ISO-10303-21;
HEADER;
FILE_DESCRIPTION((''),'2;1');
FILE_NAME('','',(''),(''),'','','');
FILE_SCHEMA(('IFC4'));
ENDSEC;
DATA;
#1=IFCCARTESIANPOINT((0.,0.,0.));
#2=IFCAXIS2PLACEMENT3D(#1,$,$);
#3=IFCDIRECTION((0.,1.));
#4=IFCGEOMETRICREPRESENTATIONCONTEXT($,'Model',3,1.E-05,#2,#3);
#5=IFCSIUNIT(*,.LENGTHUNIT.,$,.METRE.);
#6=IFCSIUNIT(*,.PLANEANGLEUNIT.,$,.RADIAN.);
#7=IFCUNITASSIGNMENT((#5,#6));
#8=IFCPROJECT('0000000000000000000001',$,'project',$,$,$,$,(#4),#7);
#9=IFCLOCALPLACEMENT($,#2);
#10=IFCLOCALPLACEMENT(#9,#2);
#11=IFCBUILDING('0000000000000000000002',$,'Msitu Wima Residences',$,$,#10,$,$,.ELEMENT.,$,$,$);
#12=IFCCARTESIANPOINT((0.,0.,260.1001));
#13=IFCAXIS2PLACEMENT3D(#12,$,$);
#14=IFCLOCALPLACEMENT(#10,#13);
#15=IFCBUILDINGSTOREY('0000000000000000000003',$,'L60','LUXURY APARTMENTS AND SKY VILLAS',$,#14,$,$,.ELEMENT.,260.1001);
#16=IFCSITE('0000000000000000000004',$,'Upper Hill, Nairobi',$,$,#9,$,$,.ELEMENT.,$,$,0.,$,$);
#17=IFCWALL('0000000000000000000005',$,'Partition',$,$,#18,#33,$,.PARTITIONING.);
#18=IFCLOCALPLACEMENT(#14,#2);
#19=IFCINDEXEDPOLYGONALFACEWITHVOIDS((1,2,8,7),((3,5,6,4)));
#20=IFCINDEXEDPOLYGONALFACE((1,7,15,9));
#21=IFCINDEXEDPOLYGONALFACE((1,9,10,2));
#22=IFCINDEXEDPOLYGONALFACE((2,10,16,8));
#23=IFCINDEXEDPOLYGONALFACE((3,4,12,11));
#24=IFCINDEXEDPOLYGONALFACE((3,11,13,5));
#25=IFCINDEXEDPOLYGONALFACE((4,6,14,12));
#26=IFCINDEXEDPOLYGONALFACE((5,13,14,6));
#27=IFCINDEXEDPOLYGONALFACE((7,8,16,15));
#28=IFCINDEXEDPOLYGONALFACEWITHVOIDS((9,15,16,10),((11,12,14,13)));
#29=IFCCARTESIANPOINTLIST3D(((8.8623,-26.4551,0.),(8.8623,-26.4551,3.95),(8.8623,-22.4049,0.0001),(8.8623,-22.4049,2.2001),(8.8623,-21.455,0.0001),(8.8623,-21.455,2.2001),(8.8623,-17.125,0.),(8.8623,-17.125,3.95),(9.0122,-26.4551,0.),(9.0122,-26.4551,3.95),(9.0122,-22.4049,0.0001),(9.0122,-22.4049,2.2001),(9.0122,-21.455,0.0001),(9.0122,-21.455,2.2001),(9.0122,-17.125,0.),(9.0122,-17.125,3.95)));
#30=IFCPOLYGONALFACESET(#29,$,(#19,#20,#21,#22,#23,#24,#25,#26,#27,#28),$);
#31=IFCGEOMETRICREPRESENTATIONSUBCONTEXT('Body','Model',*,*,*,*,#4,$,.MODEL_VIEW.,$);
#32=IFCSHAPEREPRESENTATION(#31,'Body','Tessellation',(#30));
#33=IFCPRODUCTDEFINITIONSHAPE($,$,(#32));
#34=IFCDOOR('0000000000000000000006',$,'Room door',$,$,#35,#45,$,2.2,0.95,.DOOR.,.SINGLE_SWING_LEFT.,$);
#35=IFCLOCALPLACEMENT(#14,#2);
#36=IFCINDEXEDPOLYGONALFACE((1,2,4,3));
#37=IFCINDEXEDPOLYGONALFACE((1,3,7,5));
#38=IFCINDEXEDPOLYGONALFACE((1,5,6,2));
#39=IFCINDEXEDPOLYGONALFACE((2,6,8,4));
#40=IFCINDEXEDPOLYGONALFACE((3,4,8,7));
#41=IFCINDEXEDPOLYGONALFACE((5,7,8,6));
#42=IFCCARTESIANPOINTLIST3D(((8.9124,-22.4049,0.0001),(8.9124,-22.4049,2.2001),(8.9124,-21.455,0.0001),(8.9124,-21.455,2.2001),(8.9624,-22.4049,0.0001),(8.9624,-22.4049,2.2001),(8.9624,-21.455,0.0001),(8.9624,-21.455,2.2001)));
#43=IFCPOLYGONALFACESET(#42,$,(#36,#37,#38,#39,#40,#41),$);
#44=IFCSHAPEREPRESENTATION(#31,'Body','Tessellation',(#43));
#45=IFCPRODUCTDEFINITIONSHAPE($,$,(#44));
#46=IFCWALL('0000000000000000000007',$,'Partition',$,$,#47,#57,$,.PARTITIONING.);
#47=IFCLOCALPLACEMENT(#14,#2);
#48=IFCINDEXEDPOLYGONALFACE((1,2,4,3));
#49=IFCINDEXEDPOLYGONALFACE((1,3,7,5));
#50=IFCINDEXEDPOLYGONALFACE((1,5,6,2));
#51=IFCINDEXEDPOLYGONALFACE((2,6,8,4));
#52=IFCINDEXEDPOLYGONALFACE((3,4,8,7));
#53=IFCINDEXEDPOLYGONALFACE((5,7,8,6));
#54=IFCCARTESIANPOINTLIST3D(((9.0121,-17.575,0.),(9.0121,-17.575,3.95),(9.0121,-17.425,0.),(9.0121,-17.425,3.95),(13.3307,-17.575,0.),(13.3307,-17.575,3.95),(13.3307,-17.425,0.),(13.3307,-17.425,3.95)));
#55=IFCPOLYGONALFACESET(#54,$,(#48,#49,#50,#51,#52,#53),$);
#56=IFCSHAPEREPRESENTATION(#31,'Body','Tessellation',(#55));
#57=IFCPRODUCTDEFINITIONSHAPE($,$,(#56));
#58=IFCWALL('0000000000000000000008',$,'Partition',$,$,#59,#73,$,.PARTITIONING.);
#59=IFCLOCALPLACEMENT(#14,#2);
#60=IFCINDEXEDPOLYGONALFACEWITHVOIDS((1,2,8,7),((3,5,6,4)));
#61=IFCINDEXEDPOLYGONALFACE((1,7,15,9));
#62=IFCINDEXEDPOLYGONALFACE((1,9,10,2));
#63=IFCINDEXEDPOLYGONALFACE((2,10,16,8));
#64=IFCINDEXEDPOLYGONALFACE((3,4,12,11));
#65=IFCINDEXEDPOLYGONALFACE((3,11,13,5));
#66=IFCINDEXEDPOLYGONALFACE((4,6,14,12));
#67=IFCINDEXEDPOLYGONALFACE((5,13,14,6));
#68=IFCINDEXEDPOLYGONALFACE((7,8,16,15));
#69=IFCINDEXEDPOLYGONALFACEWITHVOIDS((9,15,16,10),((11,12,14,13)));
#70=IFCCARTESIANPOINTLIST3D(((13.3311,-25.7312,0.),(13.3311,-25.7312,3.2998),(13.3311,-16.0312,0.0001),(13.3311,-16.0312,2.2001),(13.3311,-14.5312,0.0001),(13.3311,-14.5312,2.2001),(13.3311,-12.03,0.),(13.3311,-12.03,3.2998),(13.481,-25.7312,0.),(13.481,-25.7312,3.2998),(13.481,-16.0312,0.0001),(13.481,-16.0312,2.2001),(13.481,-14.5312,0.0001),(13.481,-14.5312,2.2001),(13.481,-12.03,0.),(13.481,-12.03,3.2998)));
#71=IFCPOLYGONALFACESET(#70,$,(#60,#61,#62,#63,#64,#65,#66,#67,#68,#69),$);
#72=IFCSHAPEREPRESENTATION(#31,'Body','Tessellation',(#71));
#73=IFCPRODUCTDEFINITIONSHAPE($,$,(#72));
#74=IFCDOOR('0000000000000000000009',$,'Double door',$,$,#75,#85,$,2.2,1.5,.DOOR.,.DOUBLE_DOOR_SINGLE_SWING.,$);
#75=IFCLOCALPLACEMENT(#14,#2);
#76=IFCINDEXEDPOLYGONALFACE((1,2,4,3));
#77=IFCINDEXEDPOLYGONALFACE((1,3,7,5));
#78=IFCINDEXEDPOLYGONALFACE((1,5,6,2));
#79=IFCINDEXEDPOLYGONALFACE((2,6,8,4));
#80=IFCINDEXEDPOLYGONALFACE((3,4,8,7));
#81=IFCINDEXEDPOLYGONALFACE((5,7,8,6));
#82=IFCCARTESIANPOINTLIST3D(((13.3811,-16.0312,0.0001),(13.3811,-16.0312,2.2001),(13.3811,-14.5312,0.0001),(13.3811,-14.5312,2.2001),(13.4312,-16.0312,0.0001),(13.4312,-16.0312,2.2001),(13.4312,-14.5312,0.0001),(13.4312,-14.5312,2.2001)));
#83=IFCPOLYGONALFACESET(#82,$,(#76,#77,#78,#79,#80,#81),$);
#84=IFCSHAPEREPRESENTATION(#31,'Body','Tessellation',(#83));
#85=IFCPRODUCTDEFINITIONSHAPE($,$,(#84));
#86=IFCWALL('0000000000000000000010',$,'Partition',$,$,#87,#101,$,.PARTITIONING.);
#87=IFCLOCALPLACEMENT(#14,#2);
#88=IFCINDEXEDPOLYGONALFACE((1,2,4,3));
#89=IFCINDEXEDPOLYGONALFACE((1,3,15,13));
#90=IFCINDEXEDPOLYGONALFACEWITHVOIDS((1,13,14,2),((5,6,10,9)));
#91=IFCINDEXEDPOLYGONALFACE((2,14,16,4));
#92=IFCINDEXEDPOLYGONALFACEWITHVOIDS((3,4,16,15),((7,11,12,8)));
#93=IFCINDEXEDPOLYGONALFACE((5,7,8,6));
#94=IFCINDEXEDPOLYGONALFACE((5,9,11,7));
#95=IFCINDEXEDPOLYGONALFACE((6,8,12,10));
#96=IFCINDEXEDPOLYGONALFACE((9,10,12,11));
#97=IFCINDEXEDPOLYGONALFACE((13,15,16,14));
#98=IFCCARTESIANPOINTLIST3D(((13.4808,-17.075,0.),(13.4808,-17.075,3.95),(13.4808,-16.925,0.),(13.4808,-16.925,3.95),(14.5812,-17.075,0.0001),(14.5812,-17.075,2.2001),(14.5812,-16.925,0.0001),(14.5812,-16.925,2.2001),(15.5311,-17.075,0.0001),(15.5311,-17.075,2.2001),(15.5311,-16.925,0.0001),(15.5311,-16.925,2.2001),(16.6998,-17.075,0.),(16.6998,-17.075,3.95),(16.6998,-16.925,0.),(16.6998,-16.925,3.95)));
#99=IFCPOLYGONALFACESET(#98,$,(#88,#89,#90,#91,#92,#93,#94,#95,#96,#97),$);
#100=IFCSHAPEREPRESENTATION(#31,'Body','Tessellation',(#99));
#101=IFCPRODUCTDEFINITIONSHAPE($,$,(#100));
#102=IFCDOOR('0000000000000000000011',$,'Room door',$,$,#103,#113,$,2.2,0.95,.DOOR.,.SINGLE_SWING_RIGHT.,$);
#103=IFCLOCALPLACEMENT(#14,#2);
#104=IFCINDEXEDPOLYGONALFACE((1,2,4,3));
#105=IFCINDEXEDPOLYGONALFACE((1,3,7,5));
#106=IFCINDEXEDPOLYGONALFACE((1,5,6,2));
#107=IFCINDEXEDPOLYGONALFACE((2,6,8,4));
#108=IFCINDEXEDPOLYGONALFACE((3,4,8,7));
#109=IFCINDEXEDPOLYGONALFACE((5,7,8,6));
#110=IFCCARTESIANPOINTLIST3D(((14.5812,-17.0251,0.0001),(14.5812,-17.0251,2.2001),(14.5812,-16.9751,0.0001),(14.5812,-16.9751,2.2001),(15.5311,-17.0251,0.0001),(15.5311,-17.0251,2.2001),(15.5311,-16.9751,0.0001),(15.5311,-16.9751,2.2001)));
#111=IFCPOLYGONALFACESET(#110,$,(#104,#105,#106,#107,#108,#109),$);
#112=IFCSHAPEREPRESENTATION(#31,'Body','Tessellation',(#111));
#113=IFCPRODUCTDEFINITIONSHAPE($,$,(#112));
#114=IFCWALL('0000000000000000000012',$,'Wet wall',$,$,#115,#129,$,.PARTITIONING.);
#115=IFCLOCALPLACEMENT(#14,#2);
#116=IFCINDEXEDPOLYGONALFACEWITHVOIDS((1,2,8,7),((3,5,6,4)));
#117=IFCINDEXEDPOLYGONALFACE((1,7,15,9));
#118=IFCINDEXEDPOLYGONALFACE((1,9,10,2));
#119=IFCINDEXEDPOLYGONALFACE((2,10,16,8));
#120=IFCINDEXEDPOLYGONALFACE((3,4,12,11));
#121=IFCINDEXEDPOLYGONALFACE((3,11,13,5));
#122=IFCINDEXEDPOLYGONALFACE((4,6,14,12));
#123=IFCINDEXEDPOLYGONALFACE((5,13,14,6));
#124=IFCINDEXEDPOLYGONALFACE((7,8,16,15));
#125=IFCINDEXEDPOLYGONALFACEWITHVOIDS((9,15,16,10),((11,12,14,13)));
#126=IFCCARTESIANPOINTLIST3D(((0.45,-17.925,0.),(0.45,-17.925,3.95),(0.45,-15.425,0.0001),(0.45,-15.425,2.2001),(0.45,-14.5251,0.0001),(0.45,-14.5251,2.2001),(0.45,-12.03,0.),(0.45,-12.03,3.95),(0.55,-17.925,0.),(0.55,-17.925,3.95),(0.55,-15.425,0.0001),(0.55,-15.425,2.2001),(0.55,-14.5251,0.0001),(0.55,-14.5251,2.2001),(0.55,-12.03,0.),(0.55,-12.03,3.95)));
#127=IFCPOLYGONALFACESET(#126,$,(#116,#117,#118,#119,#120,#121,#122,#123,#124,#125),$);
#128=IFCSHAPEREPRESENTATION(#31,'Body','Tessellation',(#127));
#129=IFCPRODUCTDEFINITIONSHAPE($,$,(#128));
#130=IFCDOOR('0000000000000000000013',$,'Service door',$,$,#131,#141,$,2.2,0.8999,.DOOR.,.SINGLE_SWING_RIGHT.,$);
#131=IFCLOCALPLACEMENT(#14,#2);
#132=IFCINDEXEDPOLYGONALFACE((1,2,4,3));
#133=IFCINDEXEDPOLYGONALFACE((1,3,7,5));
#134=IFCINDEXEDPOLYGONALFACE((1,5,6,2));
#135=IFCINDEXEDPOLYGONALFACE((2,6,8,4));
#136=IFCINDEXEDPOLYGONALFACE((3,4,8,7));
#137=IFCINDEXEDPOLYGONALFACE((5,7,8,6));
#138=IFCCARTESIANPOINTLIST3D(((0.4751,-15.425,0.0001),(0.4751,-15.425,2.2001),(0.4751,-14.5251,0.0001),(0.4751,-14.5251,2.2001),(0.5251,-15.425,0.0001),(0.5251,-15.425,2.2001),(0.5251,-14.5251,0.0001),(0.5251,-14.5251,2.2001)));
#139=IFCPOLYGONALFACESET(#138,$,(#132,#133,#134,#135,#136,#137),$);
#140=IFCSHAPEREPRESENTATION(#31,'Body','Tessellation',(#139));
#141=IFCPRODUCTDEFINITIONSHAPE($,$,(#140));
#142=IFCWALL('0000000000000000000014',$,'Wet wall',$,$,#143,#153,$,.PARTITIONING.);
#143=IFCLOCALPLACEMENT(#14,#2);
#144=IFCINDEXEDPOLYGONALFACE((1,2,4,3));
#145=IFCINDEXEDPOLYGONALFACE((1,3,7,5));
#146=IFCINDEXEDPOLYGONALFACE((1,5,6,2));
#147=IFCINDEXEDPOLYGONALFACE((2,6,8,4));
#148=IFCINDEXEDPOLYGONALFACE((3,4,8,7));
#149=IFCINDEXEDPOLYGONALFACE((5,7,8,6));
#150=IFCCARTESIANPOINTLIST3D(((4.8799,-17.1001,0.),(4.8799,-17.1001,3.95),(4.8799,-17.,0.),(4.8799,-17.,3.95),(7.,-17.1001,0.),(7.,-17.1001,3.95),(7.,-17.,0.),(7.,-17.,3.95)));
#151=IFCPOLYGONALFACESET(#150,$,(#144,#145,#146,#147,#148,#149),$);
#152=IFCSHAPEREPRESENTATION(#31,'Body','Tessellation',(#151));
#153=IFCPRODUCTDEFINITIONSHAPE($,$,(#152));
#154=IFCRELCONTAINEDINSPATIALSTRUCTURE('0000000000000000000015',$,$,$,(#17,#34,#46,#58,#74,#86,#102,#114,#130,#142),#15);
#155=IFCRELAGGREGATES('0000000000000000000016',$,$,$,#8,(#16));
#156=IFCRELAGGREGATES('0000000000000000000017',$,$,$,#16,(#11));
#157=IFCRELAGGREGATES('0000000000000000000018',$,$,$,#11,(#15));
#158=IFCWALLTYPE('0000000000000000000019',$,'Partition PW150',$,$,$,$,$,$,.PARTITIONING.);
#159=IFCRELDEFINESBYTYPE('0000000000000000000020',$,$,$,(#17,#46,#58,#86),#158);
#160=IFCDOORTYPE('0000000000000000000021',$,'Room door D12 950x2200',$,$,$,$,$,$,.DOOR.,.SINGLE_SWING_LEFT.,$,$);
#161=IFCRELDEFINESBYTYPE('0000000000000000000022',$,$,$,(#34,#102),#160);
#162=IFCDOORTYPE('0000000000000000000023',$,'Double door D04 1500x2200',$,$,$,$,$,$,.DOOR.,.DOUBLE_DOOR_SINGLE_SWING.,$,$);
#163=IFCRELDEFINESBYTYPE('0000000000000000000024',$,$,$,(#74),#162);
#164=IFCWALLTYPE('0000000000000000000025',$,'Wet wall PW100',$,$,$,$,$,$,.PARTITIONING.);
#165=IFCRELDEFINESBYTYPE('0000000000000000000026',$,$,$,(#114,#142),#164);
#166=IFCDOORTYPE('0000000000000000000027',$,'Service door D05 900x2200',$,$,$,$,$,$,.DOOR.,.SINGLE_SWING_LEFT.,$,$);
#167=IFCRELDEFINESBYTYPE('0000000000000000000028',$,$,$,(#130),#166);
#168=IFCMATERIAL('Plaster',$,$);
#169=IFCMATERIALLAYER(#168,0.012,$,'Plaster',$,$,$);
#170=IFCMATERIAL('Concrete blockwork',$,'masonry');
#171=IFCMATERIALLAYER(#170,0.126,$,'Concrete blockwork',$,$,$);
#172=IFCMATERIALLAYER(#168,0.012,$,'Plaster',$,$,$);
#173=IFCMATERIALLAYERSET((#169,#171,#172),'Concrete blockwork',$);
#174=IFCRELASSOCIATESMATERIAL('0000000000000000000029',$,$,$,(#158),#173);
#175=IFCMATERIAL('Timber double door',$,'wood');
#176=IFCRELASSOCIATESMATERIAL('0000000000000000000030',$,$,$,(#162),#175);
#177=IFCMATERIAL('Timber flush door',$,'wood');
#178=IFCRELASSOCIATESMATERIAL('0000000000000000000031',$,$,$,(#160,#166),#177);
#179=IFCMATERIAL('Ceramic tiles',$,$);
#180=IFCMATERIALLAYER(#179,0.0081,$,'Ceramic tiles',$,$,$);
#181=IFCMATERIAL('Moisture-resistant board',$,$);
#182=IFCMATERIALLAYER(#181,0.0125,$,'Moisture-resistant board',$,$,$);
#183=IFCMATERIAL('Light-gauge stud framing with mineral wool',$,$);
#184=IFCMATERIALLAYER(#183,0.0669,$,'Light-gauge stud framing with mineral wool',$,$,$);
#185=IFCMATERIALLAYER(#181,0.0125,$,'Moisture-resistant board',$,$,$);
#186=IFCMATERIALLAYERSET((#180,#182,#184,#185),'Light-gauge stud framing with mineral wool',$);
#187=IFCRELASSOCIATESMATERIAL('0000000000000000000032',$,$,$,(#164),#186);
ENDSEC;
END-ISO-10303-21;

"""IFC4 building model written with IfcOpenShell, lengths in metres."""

from ifc_helpers import new_model, si_unit, direction, frame, frame_2d, origin, place, context, subcontext, project, spatial, rectangle, extrude, material, layer, layer_set, type_object, element, fill, save


model = new_model("IFC4")

# Units and contexts
model_context = context("Model", 3, precision=1e-05, world=origin(), true_north=direction((0.0, 1.0)))
body_context = subcontext(model_context, "Body", "Model", "MODEL_VIEW")
ifc_project = project(units=[si_unit("LENGTHUNIT", "METRE"), si_unit("PLANEANGLEUNIT", "RADIAN")], contexts=[model_context])

# Site, building, storey
site_placement = place(None, origin())
site = spatial("IfcSite", under=ifc_project, at=site_placement, Name="Upper Hill, Nairobi", CompositionType="ELEMENT", RefElevation=0.0)
building_placement = place(site_placement, origin())
building = spatial("IfcBuilding", under=site, at=building_placement, Name="Msitu Wima Residences", CompositionType="ELEMENT")
storey_placement = place(building_placement, frame((0.0, 0.0, 260.1001)))
storey = spatial("IfcBuildingStorey", under=building, at=storey_placement, Name="L60", Description="LUXURY APARTMENTS AND SKY VILLAS", CompositionType="ELEMENT", Elevation=260.1001)

# Shared definitions
ifc_material_1 = material(Name="Plaster")
ifc_layer_1 = layer(ifc_material_1, 0.012, Name="Plaster")
ifc_material_2 = material(Name="Concrete blockwork", Category="masonry")
ifc_layer_2 = layer(ifc_material_2, 0.126, Name="Concrete blockwork")
ifc_layer_3 = layer(ifc_material_1, 0.012, Name="Plaster")
ifc_layer_set_1 = layer_set([ifc_layer_1, ifc_layer_2, ifc_layer_3], Name="Concrete blockwork")
wall_type_1 = type_object("IfcWallType", Name="Partition PW150", PredefinedType="PARTITIONING", material=ifc_layer_set_1)

# Shared definitions
ifc_material_3 = material(Name="Timber double door", Category="wood")
door_type_1 = type_object("IfcDoorType", Name="Double door D04 1500x2200", OperationType="DOUBLE_DOOR_SINGLE_SWING", PredefinedType="DOOR", material=ifc_material_3)

# Wall, opening, door
ifc_material_4 = material(Name="Timber flush door", Category="wood")
door_type_2 = type_object("IfcDoorType", Name="Room door D12 950x2200", OperationType="SINGLE_SWING_LEFT", PredefinedType="DOOR", material=ifc_material_4)
wall_1_placement = place(storey_placement, frame((8.9373, -26.4551, 0.0), z_axis=(0.0, 0.0, 1.0), x_axis=(0.0, 1.0, 0.0)))
wall_1 = element("IfcWall", 1, at=wall_1_placement, inside=storey, type_object=wall_type_1, Name="Partition", PredefinedType="PARTITIONING", context=body_context, shape_type="SweptSolid", body=[
    extrude(rectangle(XDim=9.3301, YDim=0.1499, at=frame_2d((4.665, 0.0))), origin(), (0.0, 0.0, 1.0), 3.95),
])
opening_1_placement = place(wall_1_placement, frame((4.05, 0.0, 0.0)))
opening_1 = element("IfcOpeningElement", 2, at=opening_1_placement, cuts=wall_1, PredefinedType="OPENING", context=body_context, shape_type="SweptSolid", body=[
    extrude(rectangle(XDim=0.95, YDim=2.2, at=frame_2d((0.4751, 1.1001))), frame((0.0, 0.085, 0.0), z_axis=(0.0, -1.0, 0.0), x_axis=(1.0, 0.0, 0.0)), (0.0, 0.0, 1.0), 0.1699),
])
door_1_placement = place(opening_1_placement, origin())
door_1 = element("IfcDoor", 3, at=door_1_placement, inside=storey, type_object=door_type_2, Name="Room door", OperationType="SINGLE_SWING_LEFT", OverallHeight=2.2, OverallWidth=0.95, PredefinedType="DOOR", context=body_context, shape_type="SweptSolid", body=[
    extrude(rectangle(XDim=0.95, YDim=2.2, at=frame_2d((0.4751, 1.1001))), frame((0.0, 0.0249, 0.0), z_axis=(0.0, -1.0, 0.0), x_axis=(1.0, 0.0, 0.0)), (0.0, 0.0, 1.0), 0.05),
])
fill(opening_1, door_1)

# Wall
wall_2_placement = place(storey_placement, frame((9.0122, -17.5, 0.0), z_axis=(0.0, 0.0, 1.0), x_axis=(1.0, 0.0, 0.0)))
element("IfcWall", 4, at=wall_2_placement, inside=storey, type_object=wall_type_1, Name="Partition", PredefinedType="PARTITIONING", context=body_context, shape_type="SweptSolid", body=[
    extrude(rectangle(XDim=4.3186, YDim=0.1499, at=frame_2d((2.1592, 0.0))), origin(), (0.0, 0.0, 1.0), 3.95),
])

# Walls, openings, doors
wall_3_placement = place(storey_placement, frame((13.406, -25.7312, 0.0), z_axis=(0.0, 0.0, 1.0), x_axis=(0.0, 1.0, 0.0)))
wall_3 = element("IfcWall", 5, at=wall_3_placement, inside=storey, type_object=wall_type_1, Name="Partition", PredefinedType="PARTITIONING", context=body_context, shape_type="SweptSolid", body=[
    extrude(rectangle(XDim=13.7012, YDim=0.1499, at=frame_2d((6.8506, 0.0))), origin(), (0.0, 0.0, 1.0), 3.2998),
])
opening_2_placement = place(wall_3_placement, frame((9.7, 0.0, 0.0)))
opening_2 = element("IfcOpeningElement", 6, at=opening_2_placement, cuts=wall_3, PredefinedType="OPENING", context=body_context, shape_type="SweptSolid", body=[
    extrude(rectangle(XDim=1.5, YDim=2.2, at=frame_2d((0.75, 1.1001))), frame((0.0, 0.085, 0.0), z_axis=(0.0, -1.0, 0.0), x_axis=(1.0, 0.0, 0.0)), (0.0, 0.0, 1.0), 0.1699),
])
door_2_placement = place(opening_2_placement, origin())
door_2 = element("IfcDoor", 7, at=door_2_placement, inside=storey, type_object=door_type_1, Name="Double door", OperationType="DOUBLE_DOOR_SINGLE_SWING", OverallHeight=2.2, OverallWidth=1.5, PredefinedType="DOOR", context=body_context, shape_type="SweptSolid", body=[
    extrude(rectangle(XDim=1.5, YDim=2.2, at=frame_2d((0.75, 1.1001))), frame((0.0, 0.0249, 0.0), z_axis=(0.0, -1.0, 0.0), x_axis=(1.0, 0.0, 0.0)), (0.0, 0.0, 1.0), 0.05),
])
fill(opening_2, door_2)
wall_4_placement = place(storey_placement, frame((13.481, -17.0, 0.0), z_axis=(0.0, 0.0, 1.0), x_axis=(1.0, 0.0, 0.0)))
wall_4 = element("IfcWall", 8, at=wall_4_placement, inside=storey, type_object=wall_type_1, Name="Partition", PredefinedType="PARTITIONING", context=body_context, shape_type="SweptSolid", body=[
    extrude(rectangle(XDim=3.219, YDim=0.1499, at=frame_2d((1.6094, 0.0))), origin(), (0.0, 0.0, 1.0), 3.95),
])
opening_3_placement = place(wall_4_placement, frame((1.1001, 0.0, 0.0)))
opening_3 = element("IfcOpeningElement", 9, at=opening_3_placement, cuts=wall_4, PredefinedType="OPENING", context=body_context, shape_type="SweptSolid", body=[
    extrude(rectangle(XDim=0.95, YDim=2.2, at=frame_2d((0.4751, 1.1001))), frame((0.0, 0.085, 0.0), z_axis=(0.0, -1.0, 0.0), x_axis=(1.0, 0.0, 0.0)), (0.0, 0.0, 1.0), 0.1699),
])
door_3_placement = place(opening_3_placement, origin())
door_3 = element("IfcDoor", 10, at=door_3_placement, inside=storey, type_object=door_type_2, Name="Room door", OperationType="SINGLE_SWING_RIGHT", OverallHeight=2.2, OverallWidth=0.95, PredefinedType="DOOR", context=body_context, shape_type="SweptSolid", body=[
    extrude(rectangle(XDim=0.95, YDim=2.2, at=frame_2d((0.4751, 1.1001))), frame((0.0, 0.0249, 0.0), z_axis=(0.0, -1.0, 0.0), x_axis=(1.0, 0.0, 0.0)), (0.0, 0.0, 1.0), 0.05),
])
fill(opening_3, door_3)
ifc_material_5 = material(Name="Ceramic tiles")
ifc_layer_4 = layer(ifc_material_5, 0.0081, Name="Ceramic tiles")
ifc_material_6 = material(Name="Moisture-resistant board")
ifc_layer_5 = layer(ifc_material_6, 0.0125, Name="Moisture-resistant board")
ifc_material_7 = material(Name="Light-gauge stud framing with mineral wool")
ifc_layer_6 = layer(ifc_material_7, 0.0669, Name="Light-gauge stud framing with mineral wool")
ifc_layer_7 = layer(ifc_material_6, 0.0125, Name="Moisture-resistant board")
ifc_layer_set_2 = layer_set([ifc_layer_4, ifc_layer_5, ifc_layer_6, ifc_layer_7], Name="Light-gauge stud framing with mineral wool")
wall_type_2 = type_object("IfcWallType", Name="Wet wall PW100", PredefinedType="PARTITIONING", material=ifc_layer_set_2)
wall_5_placement = place(storey_placement, frame((0.5, -17.925, 0.0), z_axis=(0.0, 0.0, 1.0), x_axis=(0.0, 1.0, 0.0)))
wall_5 = element("IfcWall", 11, at=wall_5_placement, inside=storey, type_object=wall_type_2, Name="Wet wall", PredefinedType="PARTITIONING", context=body_context, shape_type="SweptSolid", body=[
    extrude(rectangle(XDim=5.895, YDim=0.1001, at=frame_2d((2.9475, 0.0))), origin(), (0.0, 0.0, 1.0), 3.95),
])
opening_4_placement = place(wall_5_placement, frame((2.5, 0.0, 0.0)))
opening_4 = element("IfcOpeningElement", 12, at=opening_4_placement, cuts=wall_5, PredefinedType="OPENING", context=body_context, shape_type="SweptSolid", body=[
    extrude(rectangle(XDim=0.8999, YDim=2.2, at=frame_2d((0.45, 1.1001))), frame((0.0, 0.0601, 0.0), z_axis=(0.0, -1.0, 0.0), x_axis=(1.0, 0.0, 0.0)), (0.0, 0.0, 1.0), 0.1201),
])
door_type_3 = type_object("IfcDoorType", Name="Service door D05 900x2200", OperationType="SINGLE_SWING_LEFT", PredefinedType="DOOR", material=ifc_material_4)
door_4_placement = place(opening_4_placement, origin())
door_4 = element("IfcDoor", 13, at=door_4_placement, inside=storey, type_object=door_type_3, Name="Service door", OperationType="SINGLE_SWING_RIGHT", OverallHeight=2.2, OverallWidth=0.8999, PredefinedType="DOOR", context=body_context, shape_type="SweptSolid", body=[
    extrude(rectangle(XDim=0.8999, YDim=2.2, at=frame_2d((0.45, 1.1001))), frame((0.0, 0.0249, 0.0), z_axis=(0.0, -1.0, 0.0), x_axis=(1.0, 0.0, 0.0)), (0.0, 0.0, 1.0), 0.05),
])
fill(opening_4, door_4)

# Wall
wall_6_placement = place(storey_placement, frame((4.8799, -17.05, 0.0), z_axis=(0.0, 0.0, 1.0), x_axis=(1.0, 0.0, 0.0)))
element("IfcWall", 14, at=wall_6_placement, inside=storey, type_object=wall_type_2, Name="Wet wall", PredefinedType="PARTITIONING", context=body_context, shape_type="SweptSolid", body=[
    extrude(rectangle(XDim=2.1201, YDim=0.1001, at=frame_2d((1.0601, 0.0))), origin(), (0.0, 0.0, 1.0), 3.95),
])

save(model, "model.ifc")
